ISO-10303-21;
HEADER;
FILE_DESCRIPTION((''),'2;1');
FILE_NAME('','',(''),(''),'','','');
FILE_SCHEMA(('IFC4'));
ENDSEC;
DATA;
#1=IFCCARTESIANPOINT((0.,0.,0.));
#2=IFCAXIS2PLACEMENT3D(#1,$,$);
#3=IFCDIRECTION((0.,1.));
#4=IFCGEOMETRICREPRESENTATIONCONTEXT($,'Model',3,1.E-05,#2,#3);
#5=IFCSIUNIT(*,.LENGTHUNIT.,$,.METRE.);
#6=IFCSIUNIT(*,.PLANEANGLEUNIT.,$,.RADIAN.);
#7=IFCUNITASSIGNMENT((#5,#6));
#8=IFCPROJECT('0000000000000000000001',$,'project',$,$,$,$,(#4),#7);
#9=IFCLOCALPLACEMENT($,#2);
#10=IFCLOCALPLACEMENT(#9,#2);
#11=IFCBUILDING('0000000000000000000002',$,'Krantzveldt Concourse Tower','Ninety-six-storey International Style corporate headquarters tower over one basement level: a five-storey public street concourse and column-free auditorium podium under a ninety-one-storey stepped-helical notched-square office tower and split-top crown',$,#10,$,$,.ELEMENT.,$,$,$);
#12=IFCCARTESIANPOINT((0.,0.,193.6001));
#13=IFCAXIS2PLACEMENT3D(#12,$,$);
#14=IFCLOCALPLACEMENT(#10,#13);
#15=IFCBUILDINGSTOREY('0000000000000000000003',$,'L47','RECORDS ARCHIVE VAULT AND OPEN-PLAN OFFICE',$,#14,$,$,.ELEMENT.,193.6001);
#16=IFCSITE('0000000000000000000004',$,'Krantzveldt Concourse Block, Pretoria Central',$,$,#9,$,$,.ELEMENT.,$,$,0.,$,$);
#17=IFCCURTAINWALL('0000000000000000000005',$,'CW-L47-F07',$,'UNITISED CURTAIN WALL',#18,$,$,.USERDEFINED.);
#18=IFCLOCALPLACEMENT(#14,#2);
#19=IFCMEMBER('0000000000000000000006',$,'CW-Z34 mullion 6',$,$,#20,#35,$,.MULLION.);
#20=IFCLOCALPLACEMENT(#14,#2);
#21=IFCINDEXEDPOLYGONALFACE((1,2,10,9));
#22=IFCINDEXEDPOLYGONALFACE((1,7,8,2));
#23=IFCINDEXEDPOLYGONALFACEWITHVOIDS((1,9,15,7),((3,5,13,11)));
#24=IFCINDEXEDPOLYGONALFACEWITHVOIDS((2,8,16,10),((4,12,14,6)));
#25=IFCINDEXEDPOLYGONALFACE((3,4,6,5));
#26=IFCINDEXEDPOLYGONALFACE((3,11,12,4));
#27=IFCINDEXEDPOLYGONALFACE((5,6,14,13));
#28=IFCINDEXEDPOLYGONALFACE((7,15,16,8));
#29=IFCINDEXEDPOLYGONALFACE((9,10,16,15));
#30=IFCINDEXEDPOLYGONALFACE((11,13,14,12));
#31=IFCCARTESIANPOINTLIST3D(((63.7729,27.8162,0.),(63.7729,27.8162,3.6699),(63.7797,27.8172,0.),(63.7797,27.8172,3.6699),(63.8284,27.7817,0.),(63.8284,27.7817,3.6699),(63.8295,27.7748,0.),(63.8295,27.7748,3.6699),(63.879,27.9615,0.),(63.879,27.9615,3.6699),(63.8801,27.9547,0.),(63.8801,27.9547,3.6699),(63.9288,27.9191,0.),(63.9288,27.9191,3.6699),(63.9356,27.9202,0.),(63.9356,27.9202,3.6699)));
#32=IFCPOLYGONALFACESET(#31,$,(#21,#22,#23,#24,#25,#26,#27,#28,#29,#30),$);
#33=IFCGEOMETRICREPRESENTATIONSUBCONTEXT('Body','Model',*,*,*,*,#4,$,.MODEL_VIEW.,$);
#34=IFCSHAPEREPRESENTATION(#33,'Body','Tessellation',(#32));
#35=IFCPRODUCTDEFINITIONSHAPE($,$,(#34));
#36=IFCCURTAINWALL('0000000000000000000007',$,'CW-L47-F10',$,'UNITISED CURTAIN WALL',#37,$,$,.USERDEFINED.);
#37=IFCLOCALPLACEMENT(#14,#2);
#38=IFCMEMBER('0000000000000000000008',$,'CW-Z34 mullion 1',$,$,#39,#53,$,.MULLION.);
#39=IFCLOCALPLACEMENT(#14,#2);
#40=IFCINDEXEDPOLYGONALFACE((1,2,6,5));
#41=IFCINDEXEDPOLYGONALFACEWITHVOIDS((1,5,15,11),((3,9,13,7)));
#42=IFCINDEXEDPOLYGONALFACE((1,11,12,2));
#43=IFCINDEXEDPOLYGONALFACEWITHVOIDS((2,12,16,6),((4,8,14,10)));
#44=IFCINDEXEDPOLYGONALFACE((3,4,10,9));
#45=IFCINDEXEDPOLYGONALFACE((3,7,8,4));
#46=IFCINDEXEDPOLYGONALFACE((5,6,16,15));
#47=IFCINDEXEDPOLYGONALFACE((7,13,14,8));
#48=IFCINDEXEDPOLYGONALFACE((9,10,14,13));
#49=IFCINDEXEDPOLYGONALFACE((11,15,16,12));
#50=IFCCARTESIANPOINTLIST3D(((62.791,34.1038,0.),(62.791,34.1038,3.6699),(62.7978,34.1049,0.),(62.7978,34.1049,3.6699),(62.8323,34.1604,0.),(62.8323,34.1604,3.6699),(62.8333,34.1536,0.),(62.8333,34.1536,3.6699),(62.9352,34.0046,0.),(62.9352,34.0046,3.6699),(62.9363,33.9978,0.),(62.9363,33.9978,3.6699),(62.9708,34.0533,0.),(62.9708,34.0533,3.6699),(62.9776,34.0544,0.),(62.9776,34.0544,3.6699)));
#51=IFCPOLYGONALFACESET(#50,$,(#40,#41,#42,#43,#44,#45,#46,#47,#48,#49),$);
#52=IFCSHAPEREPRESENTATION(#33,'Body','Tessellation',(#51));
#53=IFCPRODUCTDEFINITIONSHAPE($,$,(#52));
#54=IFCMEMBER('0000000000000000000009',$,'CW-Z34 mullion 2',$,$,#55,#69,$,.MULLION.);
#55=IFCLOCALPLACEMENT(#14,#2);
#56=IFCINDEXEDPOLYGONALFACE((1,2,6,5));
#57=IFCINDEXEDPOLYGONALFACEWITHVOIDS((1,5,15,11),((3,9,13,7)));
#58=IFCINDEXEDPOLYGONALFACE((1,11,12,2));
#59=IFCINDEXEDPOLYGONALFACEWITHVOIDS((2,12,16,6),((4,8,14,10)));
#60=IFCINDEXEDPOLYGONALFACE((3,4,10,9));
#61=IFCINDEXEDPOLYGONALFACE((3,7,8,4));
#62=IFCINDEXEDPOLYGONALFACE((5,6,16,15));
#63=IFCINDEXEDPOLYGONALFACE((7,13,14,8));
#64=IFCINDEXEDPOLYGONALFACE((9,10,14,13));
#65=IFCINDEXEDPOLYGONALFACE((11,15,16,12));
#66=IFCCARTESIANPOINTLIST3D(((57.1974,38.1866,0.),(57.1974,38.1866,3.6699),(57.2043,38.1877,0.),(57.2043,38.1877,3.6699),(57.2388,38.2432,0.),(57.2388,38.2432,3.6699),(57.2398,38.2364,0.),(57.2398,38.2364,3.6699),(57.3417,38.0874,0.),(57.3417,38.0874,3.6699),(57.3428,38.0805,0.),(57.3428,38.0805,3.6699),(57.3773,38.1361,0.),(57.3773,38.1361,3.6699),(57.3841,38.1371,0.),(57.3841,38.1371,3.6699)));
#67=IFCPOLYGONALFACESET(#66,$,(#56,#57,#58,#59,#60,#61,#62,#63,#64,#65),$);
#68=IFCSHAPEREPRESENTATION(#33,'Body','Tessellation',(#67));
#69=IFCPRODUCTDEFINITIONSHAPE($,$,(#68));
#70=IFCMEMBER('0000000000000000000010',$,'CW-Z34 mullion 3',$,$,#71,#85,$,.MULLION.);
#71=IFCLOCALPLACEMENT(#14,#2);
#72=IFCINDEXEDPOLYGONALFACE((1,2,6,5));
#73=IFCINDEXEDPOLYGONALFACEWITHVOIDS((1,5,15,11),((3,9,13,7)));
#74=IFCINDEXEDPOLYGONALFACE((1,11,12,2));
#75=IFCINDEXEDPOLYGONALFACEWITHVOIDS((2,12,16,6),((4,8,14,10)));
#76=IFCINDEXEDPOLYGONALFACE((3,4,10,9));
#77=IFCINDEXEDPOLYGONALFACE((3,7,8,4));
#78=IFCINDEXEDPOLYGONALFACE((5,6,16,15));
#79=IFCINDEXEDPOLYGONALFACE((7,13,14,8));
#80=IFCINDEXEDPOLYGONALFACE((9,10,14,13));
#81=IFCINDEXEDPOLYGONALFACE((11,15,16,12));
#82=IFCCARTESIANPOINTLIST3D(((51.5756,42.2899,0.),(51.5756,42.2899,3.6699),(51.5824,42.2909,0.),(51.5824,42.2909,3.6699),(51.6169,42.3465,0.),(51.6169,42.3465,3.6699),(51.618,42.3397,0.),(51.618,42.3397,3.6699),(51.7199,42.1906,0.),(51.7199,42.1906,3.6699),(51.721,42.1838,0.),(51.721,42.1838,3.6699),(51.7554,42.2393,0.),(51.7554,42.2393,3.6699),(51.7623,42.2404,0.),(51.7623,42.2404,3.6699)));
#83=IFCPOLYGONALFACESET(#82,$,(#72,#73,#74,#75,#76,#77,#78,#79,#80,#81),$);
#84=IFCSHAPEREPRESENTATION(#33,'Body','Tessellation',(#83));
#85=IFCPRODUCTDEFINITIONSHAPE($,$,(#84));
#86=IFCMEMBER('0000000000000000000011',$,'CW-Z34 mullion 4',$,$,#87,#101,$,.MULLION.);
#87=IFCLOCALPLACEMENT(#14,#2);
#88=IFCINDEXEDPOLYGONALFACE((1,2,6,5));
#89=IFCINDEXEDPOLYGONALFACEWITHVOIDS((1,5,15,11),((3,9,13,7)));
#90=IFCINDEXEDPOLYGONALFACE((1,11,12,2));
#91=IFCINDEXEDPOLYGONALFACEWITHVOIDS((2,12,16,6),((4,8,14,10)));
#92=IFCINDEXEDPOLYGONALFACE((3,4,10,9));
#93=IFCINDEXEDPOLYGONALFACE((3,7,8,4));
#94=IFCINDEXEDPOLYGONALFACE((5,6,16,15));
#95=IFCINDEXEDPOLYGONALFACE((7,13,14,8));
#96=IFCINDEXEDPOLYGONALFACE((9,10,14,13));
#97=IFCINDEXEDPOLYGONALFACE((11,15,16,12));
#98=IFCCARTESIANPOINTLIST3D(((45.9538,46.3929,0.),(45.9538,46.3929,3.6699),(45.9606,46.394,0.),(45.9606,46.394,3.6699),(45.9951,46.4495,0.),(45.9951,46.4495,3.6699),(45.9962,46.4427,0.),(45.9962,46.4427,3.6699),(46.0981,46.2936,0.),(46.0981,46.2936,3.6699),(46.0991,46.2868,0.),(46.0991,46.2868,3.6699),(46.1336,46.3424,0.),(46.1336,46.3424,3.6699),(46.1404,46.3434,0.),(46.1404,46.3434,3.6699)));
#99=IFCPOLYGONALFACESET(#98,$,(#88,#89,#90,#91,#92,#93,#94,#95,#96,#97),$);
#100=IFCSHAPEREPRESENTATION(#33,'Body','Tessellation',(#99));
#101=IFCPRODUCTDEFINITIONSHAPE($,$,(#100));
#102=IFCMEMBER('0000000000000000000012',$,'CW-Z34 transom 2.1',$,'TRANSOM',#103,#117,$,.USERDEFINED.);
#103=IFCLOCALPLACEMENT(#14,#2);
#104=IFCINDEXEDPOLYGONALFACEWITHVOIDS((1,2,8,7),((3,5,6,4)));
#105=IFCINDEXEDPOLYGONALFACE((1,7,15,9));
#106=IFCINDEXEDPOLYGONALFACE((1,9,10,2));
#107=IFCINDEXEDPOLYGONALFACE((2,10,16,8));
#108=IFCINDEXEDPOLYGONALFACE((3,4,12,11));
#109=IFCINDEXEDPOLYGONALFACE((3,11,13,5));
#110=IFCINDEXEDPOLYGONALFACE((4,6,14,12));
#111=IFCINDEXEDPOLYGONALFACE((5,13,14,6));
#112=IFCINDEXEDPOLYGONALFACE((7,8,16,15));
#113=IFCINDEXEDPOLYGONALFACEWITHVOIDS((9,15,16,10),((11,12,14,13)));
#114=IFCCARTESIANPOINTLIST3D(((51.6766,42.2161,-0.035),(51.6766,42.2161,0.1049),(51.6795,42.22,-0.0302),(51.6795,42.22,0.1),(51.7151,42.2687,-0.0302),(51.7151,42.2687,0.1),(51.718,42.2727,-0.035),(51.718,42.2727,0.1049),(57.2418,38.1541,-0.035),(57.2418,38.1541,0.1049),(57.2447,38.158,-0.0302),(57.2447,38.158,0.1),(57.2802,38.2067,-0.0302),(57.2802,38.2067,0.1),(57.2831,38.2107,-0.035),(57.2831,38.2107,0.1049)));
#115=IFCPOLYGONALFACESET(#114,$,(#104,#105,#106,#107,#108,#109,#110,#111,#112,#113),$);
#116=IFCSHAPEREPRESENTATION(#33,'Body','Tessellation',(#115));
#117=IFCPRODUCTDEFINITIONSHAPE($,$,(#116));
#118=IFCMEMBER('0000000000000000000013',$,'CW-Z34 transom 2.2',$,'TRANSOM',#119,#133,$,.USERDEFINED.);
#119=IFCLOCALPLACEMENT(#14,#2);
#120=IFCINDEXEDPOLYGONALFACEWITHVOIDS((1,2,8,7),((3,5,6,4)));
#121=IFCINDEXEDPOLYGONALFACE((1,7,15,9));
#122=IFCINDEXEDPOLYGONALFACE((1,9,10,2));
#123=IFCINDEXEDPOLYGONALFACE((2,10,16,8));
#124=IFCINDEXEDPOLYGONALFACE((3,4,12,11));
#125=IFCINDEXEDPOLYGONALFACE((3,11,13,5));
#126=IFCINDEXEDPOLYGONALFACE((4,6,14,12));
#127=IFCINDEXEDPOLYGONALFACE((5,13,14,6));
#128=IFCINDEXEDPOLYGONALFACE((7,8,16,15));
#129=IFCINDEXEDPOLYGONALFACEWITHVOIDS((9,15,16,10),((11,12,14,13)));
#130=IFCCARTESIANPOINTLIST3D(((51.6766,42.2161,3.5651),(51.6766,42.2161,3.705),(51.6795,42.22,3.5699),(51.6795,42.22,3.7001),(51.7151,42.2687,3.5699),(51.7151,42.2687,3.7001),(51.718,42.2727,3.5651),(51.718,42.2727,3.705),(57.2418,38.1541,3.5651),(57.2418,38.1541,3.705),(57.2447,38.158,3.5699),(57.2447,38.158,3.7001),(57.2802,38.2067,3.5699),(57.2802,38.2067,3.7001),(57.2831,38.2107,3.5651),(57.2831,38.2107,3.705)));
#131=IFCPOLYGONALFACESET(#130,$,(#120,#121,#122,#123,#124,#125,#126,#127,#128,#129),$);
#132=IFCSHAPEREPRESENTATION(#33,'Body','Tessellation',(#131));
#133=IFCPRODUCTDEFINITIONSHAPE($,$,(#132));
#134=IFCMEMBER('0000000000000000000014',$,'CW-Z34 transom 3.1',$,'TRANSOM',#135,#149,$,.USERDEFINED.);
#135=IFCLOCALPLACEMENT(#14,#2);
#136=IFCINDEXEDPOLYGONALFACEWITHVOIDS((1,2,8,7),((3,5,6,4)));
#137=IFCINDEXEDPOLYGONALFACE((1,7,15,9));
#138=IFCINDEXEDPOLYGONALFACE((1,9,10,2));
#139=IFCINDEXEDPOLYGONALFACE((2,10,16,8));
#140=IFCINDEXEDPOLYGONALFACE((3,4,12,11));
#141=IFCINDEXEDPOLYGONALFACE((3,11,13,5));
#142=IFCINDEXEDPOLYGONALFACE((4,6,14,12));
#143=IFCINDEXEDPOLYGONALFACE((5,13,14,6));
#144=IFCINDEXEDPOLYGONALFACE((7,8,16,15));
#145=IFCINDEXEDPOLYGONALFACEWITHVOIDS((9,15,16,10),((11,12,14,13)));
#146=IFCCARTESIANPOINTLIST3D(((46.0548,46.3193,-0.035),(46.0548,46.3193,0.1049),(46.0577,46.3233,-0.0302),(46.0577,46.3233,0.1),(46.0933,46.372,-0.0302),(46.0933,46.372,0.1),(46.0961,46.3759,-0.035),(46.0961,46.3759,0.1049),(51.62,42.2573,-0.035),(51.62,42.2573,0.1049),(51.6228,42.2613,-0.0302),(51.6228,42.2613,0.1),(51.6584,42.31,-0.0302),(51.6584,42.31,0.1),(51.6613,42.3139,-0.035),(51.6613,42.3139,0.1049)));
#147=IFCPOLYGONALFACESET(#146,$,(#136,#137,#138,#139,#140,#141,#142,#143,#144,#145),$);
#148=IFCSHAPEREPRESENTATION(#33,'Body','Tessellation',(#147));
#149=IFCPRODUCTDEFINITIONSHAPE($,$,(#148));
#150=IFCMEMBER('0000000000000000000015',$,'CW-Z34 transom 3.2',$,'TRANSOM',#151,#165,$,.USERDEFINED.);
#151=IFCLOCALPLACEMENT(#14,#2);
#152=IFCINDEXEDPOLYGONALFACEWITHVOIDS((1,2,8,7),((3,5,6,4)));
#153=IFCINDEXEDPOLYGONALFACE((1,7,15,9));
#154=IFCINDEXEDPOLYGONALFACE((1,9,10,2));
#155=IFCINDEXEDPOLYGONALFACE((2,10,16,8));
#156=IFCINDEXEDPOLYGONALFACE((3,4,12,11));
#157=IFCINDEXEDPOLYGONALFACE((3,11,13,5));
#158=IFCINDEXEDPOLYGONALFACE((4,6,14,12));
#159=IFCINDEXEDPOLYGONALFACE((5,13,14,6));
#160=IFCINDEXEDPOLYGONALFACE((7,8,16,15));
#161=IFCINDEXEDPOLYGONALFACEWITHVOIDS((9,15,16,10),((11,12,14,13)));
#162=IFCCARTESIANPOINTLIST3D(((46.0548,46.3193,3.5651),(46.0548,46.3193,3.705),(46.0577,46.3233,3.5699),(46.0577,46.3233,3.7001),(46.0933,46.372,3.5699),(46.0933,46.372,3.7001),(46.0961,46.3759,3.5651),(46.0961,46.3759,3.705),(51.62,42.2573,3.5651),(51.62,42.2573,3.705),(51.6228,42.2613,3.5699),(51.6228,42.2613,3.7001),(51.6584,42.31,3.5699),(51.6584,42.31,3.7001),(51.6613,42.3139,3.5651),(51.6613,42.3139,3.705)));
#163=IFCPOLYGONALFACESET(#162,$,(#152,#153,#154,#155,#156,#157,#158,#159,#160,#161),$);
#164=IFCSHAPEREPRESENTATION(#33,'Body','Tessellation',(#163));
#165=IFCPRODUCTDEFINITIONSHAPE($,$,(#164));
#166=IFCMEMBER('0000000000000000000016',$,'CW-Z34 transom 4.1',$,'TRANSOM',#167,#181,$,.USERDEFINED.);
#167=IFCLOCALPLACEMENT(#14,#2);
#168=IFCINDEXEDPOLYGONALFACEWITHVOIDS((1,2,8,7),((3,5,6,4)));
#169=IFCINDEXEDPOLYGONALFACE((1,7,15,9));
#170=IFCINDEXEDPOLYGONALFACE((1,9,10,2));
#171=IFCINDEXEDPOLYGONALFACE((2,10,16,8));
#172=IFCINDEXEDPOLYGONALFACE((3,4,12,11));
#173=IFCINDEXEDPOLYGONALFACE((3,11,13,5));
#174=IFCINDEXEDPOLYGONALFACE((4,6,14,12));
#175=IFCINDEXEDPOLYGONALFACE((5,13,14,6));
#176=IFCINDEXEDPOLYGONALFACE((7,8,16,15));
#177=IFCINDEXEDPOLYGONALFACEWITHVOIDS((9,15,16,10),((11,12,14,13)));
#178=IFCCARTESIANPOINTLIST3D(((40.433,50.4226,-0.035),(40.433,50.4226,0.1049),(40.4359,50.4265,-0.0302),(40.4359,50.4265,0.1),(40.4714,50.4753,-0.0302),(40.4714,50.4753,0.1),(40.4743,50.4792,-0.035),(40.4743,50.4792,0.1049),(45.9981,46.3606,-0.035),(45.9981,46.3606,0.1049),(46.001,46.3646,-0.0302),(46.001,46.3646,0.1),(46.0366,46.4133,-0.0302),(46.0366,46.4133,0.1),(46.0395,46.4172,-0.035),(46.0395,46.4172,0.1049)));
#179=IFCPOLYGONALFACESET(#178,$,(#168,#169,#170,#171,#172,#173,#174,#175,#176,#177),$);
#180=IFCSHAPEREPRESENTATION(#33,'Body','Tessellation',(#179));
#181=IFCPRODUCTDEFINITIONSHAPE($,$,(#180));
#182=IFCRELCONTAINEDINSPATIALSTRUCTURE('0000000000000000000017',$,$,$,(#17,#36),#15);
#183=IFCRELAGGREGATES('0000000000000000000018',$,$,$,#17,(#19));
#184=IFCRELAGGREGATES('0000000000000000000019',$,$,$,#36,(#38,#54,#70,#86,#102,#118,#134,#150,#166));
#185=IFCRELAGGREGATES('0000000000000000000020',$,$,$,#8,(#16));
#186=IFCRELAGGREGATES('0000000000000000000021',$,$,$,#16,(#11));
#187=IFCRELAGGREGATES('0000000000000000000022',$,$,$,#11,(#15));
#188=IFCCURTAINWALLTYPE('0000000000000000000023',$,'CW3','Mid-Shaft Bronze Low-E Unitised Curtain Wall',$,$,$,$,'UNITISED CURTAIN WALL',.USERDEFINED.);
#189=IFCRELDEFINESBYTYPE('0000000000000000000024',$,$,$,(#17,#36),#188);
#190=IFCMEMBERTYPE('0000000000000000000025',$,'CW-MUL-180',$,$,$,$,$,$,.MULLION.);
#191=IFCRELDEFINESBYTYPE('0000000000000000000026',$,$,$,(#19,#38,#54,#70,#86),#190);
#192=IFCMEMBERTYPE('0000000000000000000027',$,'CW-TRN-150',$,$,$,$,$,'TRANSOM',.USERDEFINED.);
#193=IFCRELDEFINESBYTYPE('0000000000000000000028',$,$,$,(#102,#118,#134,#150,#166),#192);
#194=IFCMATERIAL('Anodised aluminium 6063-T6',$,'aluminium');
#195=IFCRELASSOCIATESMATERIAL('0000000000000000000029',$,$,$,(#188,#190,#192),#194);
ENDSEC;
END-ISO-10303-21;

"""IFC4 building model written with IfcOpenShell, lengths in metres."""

from ifc_helpers import new_model, si_unit, direction, frame, origin, origin_2d, place, context, subcontext, project, spatial, hollow_rectangle, extrude, source, transform, mapped, material, material_profile, profile_set, type_object, type_shapes, element, aggregate, save


model = new_model("IFC4")

# Units and contexts
model_context = context("Model", 3, precision=1e-05, world=origin(), true_north=direction((0.0, 1.0)))
body_context = subcontext(model_context, "Body", "Model", "MODEL_VIEW")
ifc_project = project(units=[si_unit("LENGTHUNIT", "METRE"), si_unit("PLANEANGLEUNIT", "RADIAN")], contexts=[model_context])

# Site, building, storey
site_placement = place(None, origin())
site = spatial("IfcSite", under=ifc_project, at=site_placement, Name="Krantzveldt Concourse Block, Pretoria Central", CompositionType="ELEMENT", RefElevation=0.0)
building_placement = place(site_placement, origin())
building = spatial("IfcBuilding", under=site, at=building_placement, Name="Krantzveldt Concourse Tower", Description="Ninety-six-storey International Style corporate headquarters tower over one basement level: a five-storey public street concourse and column-free auditorium podium under a ninety-one-storey stepped-helical notched-square office tower and split-top crown", CompositionType="ELEMENT")
storey_placement = place(building_placement, frame((0.0, 0.0, 193.6001)))
storey = spatial("IfcBuildingStorey", under=building, at=storey_placement, Name="L47", Description="RECORDS ARCHIVE VAULT AND OPEN-PLAN OFFICE", CompositionType="ELEMENT", Elevation=193.6001)

# Curtain wall, member
ifc_material_1 = material(Name="Anodised aluminium 6063-T6", Category="aluminium")
curtain_wall_type = type_object("IfcCurtainWallType", Name="CW3", Description="Mid-Shaft Bronze Low-E Unitised Curtain Wall", ElementType="UNITISED CURTAIN WALL", PredefinedType="USERDEFINED", material=ifc_material_1)
curtain_wall_1_placement = place(storey_placement, origin())
curtain_wall_1 = element("IfcCurtainWall", 1, at=curtain_wall_1_placement, inside=storey, type_object=curtain_wall_type, Name="CW-L47-F07", ObjectType="UNITISED CURTAIN WALL", PredefinedType="USERDEFINED")
ifc_material_profile_1 = material_profile(ifc_material_1, hollow_rectangle(XDim=0.0701, YDim=0.1799, WallThickness=0.0049, at=origin_2d()), Name="Anodised aluminium 6063-T6", Category="aluminium")
ifc_profile_set_1 = profile_set([ifc_material_profile_1], Name="Anodised aluminium 6063-T6 - ALU-MULL 180x70x5")
member_type_1 = type_object("IfcMemberType", Name="CW-MUL-180", PredefinedType="MULLION", material=ifc_profile_set_1)
shared_shape_1 = source(origin(), body_context, "Body", "SweptSolid", [
    extrude(hollow_rectangle(XDim=0.0701, YDim=0.1799, WallThickness=0.0049, at=origin_2d()), origin(), (0.0, 0.0, 1.0), 3.6699),
])
type_shapes(member_type_1, [shared_shape_1])
member_1_placement = place(storey_placement, frame((63.8542, 27.8682, 0.0), z_axis=(0.0, 0.0, 1.0), x_axis=(-0.807733, 0.589549, 0.0)))
member_1 = element("IfcMember", 2, at=member_1_placement, type_object=member_type_1, Name="CW-Z34 mullion 6", PredefinedType="MULLION", context=body_context, shape_type="MappedRepresentation", body=[
    mapped(shared_shape_1, transform((0.0, 0.0, 0.0), x_axis=(1.0, 0.0, 0.0), y_axis=(0.0, 1.0, 0.0), z_axis=(0.0, 0.0, 1.0), scale=1.0)),
])
aggregate(curtain_wall_1, [member_1])

# Curtain wall, members
curtain_wall_2_placement = place(storey_placement, origin())
curtain_wall_2 = element("IfcCurtainWall", 3, at=curtain_wall_2_placement, inside=storey, type_object=curtain_wall_type, Name="CW-L47-F10", ObjectType="UNITISED CURTAIN WALL", PredefinedType="USERDEFINED")
member_2_placement = place(storey_placement, frame((62.8843, 34.0791, 0.0), z_axis=(0.0, 0.0, 1.0), x_axis=(-0.589549, -0.807733, 0.0)))
member_2 = element("IfcMember", 4, at=member_2_placement, type_object=member_type_1, Name="CW-Z34 mullion 1", PredefinedType="MULLION", context=body_context, shape_type="MappedRepresentation", body=[
    mapped(shared_shape_1, transform((0.0, 0.0, 0.0), x_axis=(1.0, 0.0, 0.0), y_axis=(0.0, 1.0, 0.0), z_axis=(0.0, 0.0, 1.0), scale=1.0)),
])
member_3_placement = place(storey_placement, frame((57.2908, 38.1619, 0.0), z_axis=(0.0, 0.0, 1.0), x_axis=(-0.589549, -0.807733, 0.0)))
member_3 = element("IfcMember", 5, at=member_3_placement, type_object=member_type_1, Name="CW-Z34 mullion 2", PredefinedType="MULLION", context=body_context, shape_type="MappedRepresentation", body=[
    mapped(shared_shape_1, transform((0.0, 0.0, 0.0), x_axis=(1.0, 0.0, 0.0), y_axis=(0.0, 1.0, 0.0), z_axis=(0.0, 0.0, 1.0), scale=1.0)),
])
member_4_placement = place(storey_placement, frame((51.6689, 42.2651, 0.0), z_axis=(0.0, 0.0, 1.0), x_axis=(-0.589549, -0.807733, 0.0)))
member_4 = element("IfcMember", 6, at=member_4_placement, type_object=member_type_1, Name="CW-Z34 mullion 3", PredefinedType="MULLION", context=body_context, shape_type="MappedRepresentation", body=[
    mapped(shared_shape_1, transform((0.0, 0.0, 0.0), x_axis=(1.0, 0.0, 0.0), y_axis=(0.0, 1.0, 0.0), z_axis=(0.0, 0.0, 1.0), scale=1.0)),
])
member_5_placement = place(storey_placement, frame((46.0471, 46.3682, 0.0), z_axis=(0.0, 0.0, 1.0), x_axis=(-0.589549, -0.807733, 0.0)))
member_5 = element("IfcMember", 7, at=member_5_placement, type_object=member_type_1, Name="CW-Z34 mullion 4", PredefinedType="MULLION", context=body_context, shape_type="MappedRepresentation", body=[
    mapped(shared_shape_1, transform((0.0, 0.0, 0.0), x_axis=(1.0, 0.0, 0.0), y_axis=(0.0, 1.0, 0.0), z_axis=(0.0, 0.0, 1.0), scale=1.0)),
])
ifc_material_profile_2 = material_profile(ifc_material_1, hollow_rectangle(XDim=0.0701, YDim=0.1399, WallThickness=0.0049, at=origin_2d()), Name="Anodised aluminium 6063-T6", Category="aluminium")
ifc_profile_set_2 = profile_set([ifc_material_profile_2], Name="Anodised aluminium 6063-T6 - ALU-TRAN 140x70x5")
member_type_2 = type_object("IfcMemberType", Name="CW-TRN-150", ElementType="TRANSOM", PredefinedType="USERDEFINED", material=ifc_profile_set_2)
shared_shape_2 = source(origin(), body_context, "Body", "SweptSolid", [
    extrude(hollow_rectangle(XDim=0.0701, YDim=0.1399, WallThickness=0.0049, at=origin_2d()), origin(), (0.0, 0.0, 1.0), 6.8899),
])
member_6_placement = place(storey_placement, frame((57.2625, 38.1824, 0.0349), z_axis=(-0.807727, 0.589557, 0.0), x_axis=(-0.589557, -0.807727, 0.0)))
member_6 = element("IfcMember", 8, at=member_6_placement, type_object=member_type_2, Name="CW-Z34 transom 2.1", ObjectType="TRANSOM", PredefinedType="USERDEFINED", context=body_context, shape_type="MappedRepresentation", body=[
    mapped(shared_shape_2, transform((0.0, 0.0, 0.0), x_axis=(1.0, 0.0, 0.0), y_axis=(0.0, 1.0, 0.0), z_axis=(0.0, 0.0, 1.0), scale=1.0)),
])
member_7_placement = place(storey_placement, frame((57.2625, 38.1824, 3.635), z_axis=(-0.807727, 0.589557, 0.0), x_axis=(-0.589557, -0.807727, 0.0)))
member_7 = element("IfcMember", 9, at=member_7_placement, type_object=member_type_2, Name="CW-Z34 transom 2.2", ObjectType="TRANSOM", PredefinedType="USERDEFINED", context=body_context, shape_type="MappedRepresentation", body=[
    mapped(shared_shape_2, transform((0.0, 0.0, 0.0), x_axis=(1.0, 0.0, 0.0), y_axis=(0.0, 1.0, 0.0), z_axis=(0.0, 0.0, 1.0), scale=1.0)),
])
member_8_placement = place(storey_placement, frame((51.6406, 42.2856, 0.0349), z_axis=(-0.807727, 0.589557, 0.0), x_axis=(-0.589557, -0.807727, 0.0)))
member_8 = element("IfcMember", 10, at=member_8_placement, type_object=member_type_2, Name="CW-Z34 transom 3.1", ObjectType="TRANSOM", PredefinedType="USERDEFINED", context=body_context, shape_type="MappedRepresentation", body=[
    mapped(shared_shape_2, transform((0.0, 0.0, 0.0), x_axis=(1.0, 0.0, 0.0), y_axis=(0.0, 1.0, 0.0), z_axis=(0.0, 0.0, 1.0), scale=1.0)),
])
member_9_placement = place(storey_placement, frame((51.6406, 42.2856, 3.635), z_axis=(-0.807727, 0.589557, 0.0), x_axis=(-0.589557, -0.807727, 0.0)))
member_9 = element("IfcMember", 11, at=member_9_placement, type_object=member_type_2, Name="CW-Z34 transom 3.2", ObjectType="TRANSOM", PredefinedType="USERDEFINED", context=body_context, shape_type="MappedRepresentation", body=[
    mapped(shared_shape_2, transform((0.0, 0.0, 0.0), x_axis=(1.0, 0.0, 0.0), y_axis=(0.0, 1.0, 0.0), z_axis=(0.0, 0.0, 1.0), scale=1.0)),
])
member_10_placement = place(storey_placement, frame((46.0188, 46.3889, 0.0349), z_axis=(-0.807727, 0.589557, 0.0), x_axis=(-0.589557, -0.807727, 0.0)))
member_10 = element("IfcMember", 12, at=member_10_placement, type_object=member_type_2, Name="CW-Z34 transom 4.1", ObjectType="TRANSOM", PredefinedType="USERDEFINED", context=body_context, shape_type="MappedRepresentation", body=[
    mapped(shared_shape_2, transform((0.0, 0.0, 0.0), x_axis=(1.0, 0.0, 0.0), y_axis=(0.0, 1.0, 0.0), z_axis=(0.0, 0.0, 1.0), scale=1.0)),
])
aggregate(curtain_wall_2, [member_2, member_3, member_4, member_5, member_6, member_7, member_8, member_9, member_10])

save(model, "model.ifc")
